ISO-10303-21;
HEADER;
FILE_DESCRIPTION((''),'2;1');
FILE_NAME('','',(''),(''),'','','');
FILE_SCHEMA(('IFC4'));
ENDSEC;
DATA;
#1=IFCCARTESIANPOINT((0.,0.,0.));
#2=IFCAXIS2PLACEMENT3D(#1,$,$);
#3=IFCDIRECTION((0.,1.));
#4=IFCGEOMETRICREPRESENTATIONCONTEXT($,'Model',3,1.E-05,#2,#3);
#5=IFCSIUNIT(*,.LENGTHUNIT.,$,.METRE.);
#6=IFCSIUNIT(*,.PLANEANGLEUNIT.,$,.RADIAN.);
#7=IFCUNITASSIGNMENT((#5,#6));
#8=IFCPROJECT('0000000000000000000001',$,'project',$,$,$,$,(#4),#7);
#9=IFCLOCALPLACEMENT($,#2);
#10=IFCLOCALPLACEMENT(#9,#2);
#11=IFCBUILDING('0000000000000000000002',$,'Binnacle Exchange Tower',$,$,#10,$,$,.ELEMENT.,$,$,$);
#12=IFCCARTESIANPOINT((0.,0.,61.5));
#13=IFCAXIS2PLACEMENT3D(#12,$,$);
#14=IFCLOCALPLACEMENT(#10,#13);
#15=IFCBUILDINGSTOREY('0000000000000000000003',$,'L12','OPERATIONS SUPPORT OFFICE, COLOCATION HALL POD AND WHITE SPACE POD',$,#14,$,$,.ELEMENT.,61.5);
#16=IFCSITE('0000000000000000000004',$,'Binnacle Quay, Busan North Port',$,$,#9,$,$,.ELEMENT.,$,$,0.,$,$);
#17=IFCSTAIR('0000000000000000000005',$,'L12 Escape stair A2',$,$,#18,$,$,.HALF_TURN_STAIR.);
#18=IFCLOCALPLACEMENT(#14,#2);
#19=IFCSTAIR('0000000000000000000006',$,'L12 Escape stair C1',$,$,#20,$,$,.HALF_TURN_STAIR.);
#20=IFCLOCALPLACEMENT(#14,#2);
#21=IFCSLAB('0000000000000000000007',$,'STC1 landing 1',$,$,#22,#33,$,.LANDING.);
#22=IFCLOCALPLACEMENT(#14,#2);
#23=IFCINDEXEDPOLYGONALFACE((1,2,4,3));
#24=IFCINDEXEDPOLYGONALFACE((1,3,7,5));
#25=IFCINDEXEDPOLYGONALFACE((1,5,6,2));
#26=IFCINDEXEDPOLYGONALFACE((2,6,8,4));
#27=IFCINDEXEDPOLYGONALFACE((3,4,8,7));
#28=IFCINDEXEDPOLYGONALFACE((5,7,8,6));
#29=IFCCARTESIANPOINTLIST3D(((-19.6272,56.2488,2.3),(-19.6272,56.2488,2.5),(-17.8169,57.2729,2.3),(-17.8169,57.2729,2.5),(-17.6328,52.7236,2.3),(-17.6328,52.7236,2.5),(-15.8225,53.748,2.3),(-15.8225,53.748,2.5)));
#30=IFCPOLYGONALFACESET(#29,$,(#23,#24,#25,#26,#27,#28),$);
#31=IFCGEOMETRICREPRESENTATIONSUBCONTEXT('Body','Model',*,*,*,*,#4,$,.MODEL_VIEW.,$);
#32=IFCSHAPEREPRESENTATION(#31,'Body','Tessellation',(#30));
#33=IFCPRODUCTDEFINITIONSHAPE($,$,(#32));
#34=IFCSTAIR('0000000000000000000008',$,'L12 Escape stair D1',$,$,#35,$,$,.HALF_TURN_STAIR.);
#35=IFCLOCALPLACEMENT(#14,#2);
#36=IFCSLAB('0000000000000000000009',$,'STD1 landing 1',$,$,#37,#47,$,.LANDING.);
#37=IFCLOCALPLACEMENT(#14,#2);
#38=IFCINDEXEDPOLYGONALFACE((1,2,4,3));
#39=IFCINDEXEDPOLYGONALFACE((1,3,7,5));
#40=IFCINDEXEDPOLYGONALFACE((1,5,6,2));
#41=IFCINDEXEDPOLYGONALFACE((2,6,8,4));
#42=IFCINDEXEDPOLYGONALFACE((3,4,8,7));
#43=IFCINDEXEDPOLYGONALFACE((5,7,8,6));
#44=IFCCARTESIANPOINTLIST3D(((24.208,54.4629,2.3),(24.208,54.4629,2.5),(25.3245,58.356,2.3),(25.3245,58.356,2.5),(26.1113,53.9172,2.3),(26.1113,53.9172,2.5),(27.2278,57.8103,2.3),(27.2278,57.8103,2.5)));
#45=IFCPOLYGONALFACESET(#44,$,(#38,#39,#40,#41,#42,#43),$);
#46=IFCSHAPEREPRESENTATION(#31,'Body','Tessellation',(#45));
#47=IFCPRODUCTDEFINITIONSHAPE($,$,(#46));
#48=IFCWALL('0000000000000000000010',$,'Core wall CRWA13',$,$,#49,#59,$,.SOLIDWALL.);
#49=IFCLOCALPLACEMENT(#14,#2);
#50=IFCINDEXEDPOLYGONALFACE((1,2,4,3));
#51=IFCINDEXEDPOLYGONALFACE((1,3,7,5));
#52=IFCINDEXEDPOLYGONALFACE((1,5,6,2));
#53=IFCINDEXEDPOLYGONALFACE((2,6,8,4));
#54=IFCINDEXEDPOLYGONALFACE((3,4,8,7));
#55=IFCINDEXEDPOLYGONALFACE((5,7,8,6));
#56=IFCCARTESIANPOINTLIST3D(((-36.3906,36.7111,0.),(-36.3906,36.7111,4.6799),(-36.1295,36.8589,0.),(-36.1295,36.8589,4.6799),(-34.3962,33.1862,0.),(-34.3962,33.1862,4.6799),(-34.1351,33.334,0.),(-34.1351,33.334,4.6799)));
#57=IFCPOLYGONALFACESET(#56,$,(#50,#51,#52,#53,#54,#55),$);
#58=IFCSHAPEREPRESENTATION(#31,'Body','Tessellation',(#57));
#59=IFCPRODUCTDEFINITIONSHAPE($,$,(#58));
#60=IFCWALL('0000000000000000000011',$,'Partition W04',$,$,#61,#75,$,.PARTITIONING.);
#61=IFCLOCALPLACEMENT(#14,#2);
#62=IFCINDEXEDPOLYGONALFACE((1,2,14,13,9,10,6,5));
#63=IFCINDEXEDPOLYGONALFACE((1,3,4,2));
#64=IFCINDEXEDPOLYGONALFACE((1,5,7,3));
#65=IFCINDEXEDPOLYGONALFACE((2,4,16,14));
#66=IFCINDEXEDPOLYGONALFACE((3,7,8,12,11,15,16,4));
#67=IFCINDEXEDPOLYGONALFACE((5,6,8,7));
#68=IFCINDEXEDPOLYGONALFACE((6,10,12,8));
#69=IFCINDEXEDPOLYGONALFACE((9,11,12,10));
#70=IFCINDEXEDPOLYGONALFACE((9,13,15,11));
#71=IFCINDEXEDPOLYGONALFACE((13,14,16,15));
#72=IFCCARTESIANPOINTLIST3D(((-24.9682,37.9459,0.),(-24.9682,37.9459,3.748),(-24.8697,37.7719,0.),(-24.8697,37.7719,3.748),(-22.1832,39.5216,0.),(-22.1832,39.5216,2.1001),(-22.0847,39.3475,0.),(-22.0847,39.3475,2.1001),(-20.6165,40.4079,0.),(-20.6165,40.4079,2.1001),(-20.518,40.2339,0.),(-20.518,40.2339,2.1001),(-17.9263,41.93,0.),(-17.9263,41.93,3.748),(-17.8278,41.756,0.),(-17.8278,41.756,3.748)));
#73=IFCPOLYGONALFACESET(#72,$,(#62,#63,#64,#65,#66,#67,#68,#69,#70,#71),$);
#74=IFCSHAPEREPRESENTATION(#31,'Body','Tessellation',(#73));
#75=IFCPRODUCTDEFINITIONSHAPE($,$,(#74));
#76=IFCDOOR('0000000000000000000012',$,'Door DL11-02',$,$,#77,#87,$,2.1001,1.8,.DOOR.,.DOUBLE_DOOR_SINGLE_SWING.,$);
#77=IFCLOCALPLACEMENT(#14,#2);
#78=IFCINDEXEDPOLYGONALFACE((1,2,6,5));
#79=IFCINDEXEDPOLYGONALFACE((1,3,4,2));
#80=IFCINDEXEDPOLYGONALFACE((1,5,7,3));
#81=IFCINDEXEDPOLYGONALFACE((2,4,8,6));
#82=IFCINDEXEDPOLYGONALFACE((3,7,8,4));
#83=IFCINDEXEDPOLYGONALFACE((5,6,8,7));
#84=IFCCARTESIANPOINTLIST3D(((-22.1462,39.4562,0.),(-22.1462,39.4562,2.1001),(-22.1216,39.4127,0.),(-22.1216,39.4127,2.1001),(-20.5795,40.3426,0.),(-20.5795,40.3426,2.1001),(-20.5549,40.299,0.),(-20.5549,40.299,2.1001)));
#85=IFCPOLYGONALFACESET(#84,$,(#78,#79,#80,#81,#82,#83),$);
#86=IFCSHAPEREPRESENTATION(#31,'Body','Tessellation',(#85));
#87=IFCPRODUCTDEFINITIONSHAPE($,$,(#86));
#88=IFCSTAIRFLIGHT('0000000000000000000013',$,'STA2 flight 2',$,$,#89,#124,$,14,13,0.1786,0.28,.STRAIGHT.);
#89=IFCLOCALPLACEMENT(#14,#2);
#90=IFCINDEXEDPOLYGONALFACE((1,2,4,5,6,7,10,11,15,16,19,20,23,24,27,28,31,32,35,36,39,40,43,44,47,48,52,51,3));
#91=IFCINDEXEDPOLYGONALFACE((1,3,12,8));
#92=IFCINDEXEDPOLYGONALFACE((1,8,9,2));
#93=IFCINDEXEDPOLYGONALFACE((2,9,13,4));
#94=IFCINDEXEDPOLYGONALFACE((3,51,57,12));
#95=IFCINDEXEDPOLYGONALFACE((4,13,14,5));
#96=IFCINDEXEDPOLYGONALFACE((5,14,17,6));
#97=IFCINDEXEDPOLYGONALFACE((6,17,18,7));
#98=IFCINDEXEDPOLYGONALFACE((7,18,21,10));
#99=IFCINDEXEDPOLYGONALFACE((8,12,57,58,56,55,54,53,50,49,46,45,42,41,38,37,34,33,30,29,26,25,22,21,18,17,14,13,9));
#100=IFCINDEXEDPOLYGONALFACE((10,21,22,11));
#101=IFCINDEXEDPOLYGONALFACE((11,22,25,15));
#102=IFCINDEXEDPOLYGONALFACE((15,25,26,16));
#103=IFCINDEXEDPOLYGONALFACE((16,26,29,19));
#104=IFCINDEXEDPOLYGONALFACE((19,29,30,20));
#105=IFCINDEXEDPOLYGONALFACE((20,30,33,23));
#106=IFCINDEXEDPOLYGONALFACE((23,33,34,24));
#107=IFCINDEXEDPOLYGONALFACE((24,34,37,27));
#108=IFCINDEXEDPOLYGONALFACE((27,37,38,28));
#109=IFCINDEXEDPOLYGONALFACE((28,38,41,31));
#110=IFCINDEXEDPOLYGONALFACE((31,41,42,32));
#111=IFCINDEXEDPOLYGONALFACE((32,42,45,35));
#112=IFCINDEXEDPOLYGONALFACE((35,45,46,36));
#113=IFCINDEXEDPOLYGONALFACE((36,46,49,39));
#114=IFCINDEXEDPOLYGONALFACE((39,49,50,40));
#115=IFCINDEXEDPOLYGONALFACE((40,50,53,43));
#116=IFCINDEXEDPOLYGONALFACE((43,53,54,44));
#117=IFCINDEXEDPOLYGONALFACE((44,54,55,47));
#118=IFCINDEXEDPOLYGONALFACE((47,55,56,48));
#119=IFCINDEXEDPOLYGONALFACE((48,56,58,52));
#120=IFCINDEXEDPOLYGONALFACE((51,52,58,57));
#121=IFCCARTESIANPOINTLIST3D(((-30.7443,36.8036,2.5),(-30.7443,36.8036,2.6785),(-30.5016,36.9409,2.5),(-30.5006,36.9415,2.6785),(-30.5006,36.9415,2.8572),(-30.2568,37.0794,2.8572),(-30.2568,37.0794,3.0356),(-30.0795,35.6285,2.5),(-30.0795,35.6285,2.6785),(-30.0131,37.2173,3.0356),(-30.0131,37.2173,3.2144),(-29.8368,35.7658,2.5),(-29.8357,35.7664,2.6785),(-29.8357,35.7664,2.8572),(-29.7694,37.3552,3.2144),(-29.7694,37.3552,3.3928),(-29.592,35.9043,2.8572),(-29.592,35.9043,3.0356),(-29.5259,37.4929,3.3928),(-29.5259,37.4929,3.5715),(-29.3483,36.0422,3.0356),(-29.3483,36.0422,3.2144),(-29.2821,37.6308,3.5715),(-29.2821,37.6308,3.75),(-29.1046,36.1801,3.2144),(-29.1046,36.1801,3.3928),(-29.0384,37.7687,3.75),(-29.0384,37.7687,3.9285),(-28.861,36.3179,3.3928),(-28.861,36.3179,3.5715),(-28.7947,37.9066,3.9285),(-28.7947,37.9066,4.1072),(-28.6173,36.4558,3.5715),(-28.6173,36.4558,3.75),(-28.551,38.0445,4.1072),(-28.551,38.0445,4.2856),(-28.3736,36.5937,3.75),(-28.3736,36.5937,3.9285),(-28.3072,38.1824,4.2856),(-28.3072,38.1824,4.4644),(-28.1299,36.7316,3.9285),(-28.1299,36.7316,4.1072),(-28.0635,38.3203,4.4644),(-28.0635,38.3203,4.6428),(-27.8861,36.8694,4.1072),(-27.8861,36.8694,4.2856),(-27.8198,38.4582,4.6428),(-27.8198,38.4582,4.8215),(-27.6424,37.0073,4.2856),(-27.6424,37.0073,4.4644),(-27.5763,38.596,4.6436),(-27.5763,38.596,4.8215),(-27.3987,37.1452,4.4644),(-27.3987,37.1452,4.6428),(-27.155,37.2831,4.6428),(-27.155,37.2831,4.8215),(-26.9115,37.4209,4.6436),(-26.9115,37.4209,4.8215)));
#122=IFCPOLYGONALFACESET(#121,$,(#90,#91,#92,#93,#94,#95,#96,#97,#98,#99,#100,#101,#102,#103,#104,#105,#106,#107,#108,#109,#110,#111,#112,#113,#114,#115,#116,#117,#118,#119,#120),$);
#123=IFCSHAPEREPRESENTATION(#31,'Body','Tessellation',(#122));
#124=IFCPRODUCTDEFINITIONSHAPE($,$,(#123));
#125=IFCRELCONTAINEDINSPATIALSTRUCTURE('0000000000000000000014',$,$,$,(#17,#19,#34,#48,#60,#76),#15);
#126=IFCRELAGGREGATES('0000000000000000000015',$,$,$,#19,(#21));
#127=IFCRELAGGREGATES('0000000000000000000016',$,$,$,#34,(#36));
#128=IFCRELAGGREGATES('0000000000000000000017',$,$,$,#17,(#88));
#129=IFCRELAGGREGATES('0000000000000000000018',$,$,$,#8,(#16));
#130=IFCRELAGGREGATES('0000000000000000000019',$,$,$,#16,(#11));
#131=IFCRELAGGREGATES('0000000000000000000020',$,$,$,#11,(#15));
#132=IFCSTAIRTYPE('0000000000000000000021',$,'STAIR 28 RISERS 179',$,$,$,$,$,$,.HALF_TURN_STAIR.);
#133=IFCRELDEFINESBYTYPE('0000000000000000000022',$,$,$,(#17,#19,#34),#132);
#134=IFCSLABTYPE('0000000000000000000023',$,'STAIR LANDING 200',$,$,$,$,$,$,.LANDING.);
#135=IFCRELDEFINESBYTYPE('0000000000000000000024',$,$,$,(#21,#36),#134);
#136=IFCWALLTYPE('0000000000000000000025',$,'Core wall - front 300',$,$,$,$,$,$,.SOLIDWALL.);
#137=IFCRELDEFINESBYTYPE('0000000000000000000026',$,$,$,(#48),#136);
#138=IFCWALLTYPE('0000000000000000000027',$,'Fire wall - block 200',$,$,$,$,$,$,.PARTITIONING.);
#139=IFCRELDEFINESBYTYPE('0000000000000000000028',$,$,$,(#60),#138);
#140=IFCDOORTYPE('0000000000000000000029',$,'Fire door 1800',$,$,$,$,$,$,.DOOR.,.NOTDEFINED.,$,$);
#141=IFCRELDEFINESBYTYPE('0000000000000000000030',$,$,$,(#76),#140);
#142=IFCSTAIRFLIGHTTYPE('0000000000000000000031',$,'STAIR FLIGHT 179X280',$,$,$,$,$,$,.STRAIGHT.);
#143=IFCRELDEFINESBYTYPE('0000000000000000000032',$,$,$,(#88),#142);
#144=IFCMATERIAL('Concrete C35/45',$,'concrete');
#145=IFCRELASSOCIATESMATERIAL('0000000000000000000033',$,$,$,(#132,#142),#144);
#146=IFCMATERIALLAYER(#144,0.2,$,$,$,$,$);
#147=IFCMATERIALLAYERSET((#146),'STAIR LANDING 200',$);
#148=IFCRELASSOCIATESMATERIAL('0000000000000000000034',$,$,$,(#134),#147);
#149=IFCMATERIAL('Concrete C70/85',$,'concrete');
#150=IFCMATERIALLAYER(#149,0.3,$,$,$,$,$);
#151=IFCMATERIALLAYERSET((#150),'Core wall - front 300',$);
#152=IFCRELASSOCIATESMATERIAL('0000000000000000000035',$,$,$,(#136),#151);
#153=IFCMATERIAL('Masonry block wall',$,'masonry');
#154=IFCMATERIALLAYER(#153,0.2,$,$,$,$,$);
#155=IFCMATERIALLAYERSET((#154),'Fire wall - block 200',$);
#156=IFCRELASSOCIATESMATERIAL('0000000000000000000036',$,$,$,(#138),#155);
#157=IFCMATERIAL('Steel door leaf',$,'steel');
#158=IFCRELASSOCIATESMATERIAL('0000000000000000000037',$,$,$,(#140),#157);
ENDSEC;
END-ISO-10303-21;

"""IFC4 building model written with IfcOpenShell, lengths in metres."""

from ifc_helpers import new_model, si_unit, direction, frame, frame_2d, origin, place, context, subcontext, project, spatial, polyline, rectangle, outline, extrude, material, layer, layer_set, type_object, element, fill, aggregate, save


model = new_model("IFC4")

# Units and contexts
model_context = context("Model", 3, precision=1e-05, world=origin(), true_north=direction((0.0, 1.0)))
body_context = subcontext(model_context, "Body", "Model", "MODEL_VIEW")
ifc_project = project(units=[si_unit("LENGTHUNIT", "METRE"), si_unit("PLANEANGLEUNIT", "RADIAN")], contexts=[model_context])

# Site, building, storey
site_placement = place(None, origin())
site = spatial("IfcSite", under=ifc_project, at=site_placement, Name="Binnacle Quay, Busan North Port", CompositionType="ELEMENT", RefElevation=0.0)
building_placement = place(site_placement, origin())
building = spatial("IfcBuilding", under=site, at=building_placement, Name="Binnacle Exchange Tower", CompositionType="ELEMENT")
storey_placement = place(building_placement, frame((0.0, 0.0, 61.5)))
storey = spatial("IfcBuildingStorey", under=building, at=storey_placement, Name="L12", Description="OPERATIONS SUPPORT OFFICE, COLOCATION HALL POD AND WHITE SPACE POD", CompositionType="ELEMENT", Elevation=61.5)

# Shared definitions
ifc_material_1 = material(Name="Concrete C70/85", Category="concrete")

# Shared definitions
ifc_material_2 = material(Name="Concrete C35/45", Category="concrete")

# Stairs, slabs
stair_type = type_object("IfcStairType", Name="STAIR 28 RISERS 179", PredefinedType="HALF_TURN_STAIR", material=ifc_material_2)
ifc_layer_1 = layer(ifc_material_2, 0.2)
ifc_layer_set_1 = layer_set([ifc_layer_1], Name="STAIR LANDING 200")
slab_type_1 = type_object("IfcSlabType", Name="STAIR LANDING 200", PredefinedType="LANDING", material=ifc_layer_set_1)
stair_1_placement = place(storey_placement, origin())
stair_1 = element("IfcStair", 1, at=stair_1_placement, inside=storey, type_object=stair_type, Name="L12 Escape stair A2", PredefinedType="HALF_TURN_STAIR")
stair_2_placement = place(storey_placement, origin())
stair_2 = element("IfcStair", 2, at=stair_2_placement, inside=storey, type_object=stair_type, Name="L12 Escape stair C1", PredefinedType="HALF_TURN_STAIR")
slab_1_placement = place(storey_placement, frame((0.0, 0.0, 2.3)))
slab_1 = element("IfcSlab", 3, at=slab_1_placement, type_object=slab_type_1, Name="STC1 landing 1", PredefinedType="LANDING", context=body_context, shape_type="SweptSolid", body=[
    extrude(outline(polyline([(-17.6328, 52.7236), (-15.8225, 53.748), (-17.8169, 57.2729), (-19.6272, 56.2488), (-17.6328, 52.7236)])), origin(), (0.0, 0.0, 1.0), 0.2),
])
aggregate(stair_2, [slab_1])
stair_3_placement = place(storey_placement, origin())
stair_3 = element("IfcStair", 4, at=stair_3_placement, inside=storey, type_object=stair_type, Name="L12 Escape stair D1", PredefinedType="HALF_TURN_STAIR")
slab_2_placement = place(storey_placement, frame((0.0, 0.0, 2.3)))
slab_2 = element("IfcSlab", 5, at=slab_2_placement, type_object=slab_type_1, Name="STD1 landing 1", PredefinedType="LANDING", context=body_context, shape_type="SweptSolid", body=[
    extrude(outline(polyline([(24.208, 54.4629), (26.1113, 53.9172), (27.2278, 57.8103), (25.3245, 58.356), (24.208, 54.4629)])), origin(), (0.0, 0.0, 1.0), 0.2),
])
aggregate(stair_3, [slab_2])

# Wall
ifc_layer_2 = layer(ifc_material_1, 0.3)
ifc_layer_set_2 = layer_set([ifc_layer_2], Name="Core wall - front 300")
wall_type_1 = type_object("IfcWallType", Name="Core wall - front 300", PredefinedType="SOLIDWALL", material=ifc_layer_set_2)
wall_1_placement = place(storey_placement, frame((-36.26, 36.7849, 0.0), z_axis=(0.0, 0.0, 1.0), x_axis=(0.492441, -0.870346, 0.0)))
element("IfcWall", 6, at=wall_1_placement, inside=storey, type_object=wall_type_1, Name="Core wall CRWA13", PredefinedType="SOLIDWALL", context=body_context, shape_type="SweptSolid", body=[
    extrude(rectangle(XDim=4.05, YDim=0.3, at=frame_2d((2.0249, 0.0))), origin(), (0.0, 0.0, 1.0), 4.6799),
])

# Wall, opening, door
ifc_material_3 = material(Name="Masonry block wall", Category="masonry")
ifc_layer_3 = layer(ifc_material_3, 0.2)
ifc_layer_set_3 = layer_set([ifc_layer_3], Name="Fire wall - block 200")
wall_type_2 = type_object("IfcWallType", Name="Fire wall - block 200", PredefinedType="PARTITIONING", material=ifc_layer_set_3)
wall_2_placement = place(storey_placement, frame((-24.9189, 37.8589, 0.0), z_axis=(0.0, 0.0, 1.0), x_axis=(0.870358, 0.49242, 0.0)))
wall_2 = element("IfcWall", 7, at=wall_2_placement, inside=storey, type_object=wall_type_2, Name="Partition W04", PredefinedType="PARTITIONING", context=body_context, shape_type="SweptSolid", body=[
    extrude(rectangle(XDim=8.0908, YDim=0.2, at=frame_2d((4.0454, 0.0))), origin(), (0.0, 0.0, 1.0), 3.748),
])
opening_placement = place(wall_2_placement, frame((3.2, 0.0, 0.0)))
opening = element("IfcOpeningElement", 8, at=opening_placement, cuts=wall_2, PredefinedType="OPENING", context=body_context, shape_type="SweptSolid", body=[
    extrude(rectangle(XDim=1.8, YDim=2.1001, at=frame_2d((0.8999, 1.05))), frame((0.0, 0.1099, 0.0), z_axis=(0.0, -1.0, 0.0), x_axis=(1.0, 0.0, 0.0)), (0.0, 0.0, 1.0), 0.22),
])
ifc_material_4 = material(Name="Steel door leaf", Category="steel")
door_type = type_object("IfcDoorType", Name="Fire door 1800", OperationType="NOTDEFINED", PredefinedType="DOOR", material=ifc_material_4)
door_placement = place(opening_placement, origin())
door = element("IfcDoor", 9, at=door_placement, inside=storey, type_object=door_type, Name="Door DL11-02", OperationType="DOUBLE_DOOR_SINGLE_SWING", OverallHeight=2.1001, OverallWidth=1.8, PredefinedType="DOOR", context=body_context, shape_type="SweptSolid", body=[
    extrude(rectangle(XDim=1.8, YDim=2.1001, at=frame_2d((0.8999, 1.05))), frame((0.0, 0.0249, 0.0), z_axis=(0.0, -1.0, 0.0), x_axis=(1.0, 0.0, 0.0)), (0.0, 0.0, 1.0), 0.05),
])
fill(opening, door)

# Stair flight
stair_flight_type = type_object("IfcStairFlightType", Name="STAIR FLIGHT 179X280", PredefinedType="STRAIGHT", material=ifc_material_2)
stair_flight_placement = place(storey_placement, frame((-30.4119, 36.2161, 2.5), z_axis=(0.0, 0.0, 1.0), x_axis=(0.870356, 0.492424, 0.0)))
stair_flight = element("IfcStairFlight", 10, at=stair_flight_placement, type_object=stair_flight_type, Name="STA2 flight 2", NumberOfRisers=14, NumberOfTreads=13, PredefinedType="STRAIGHT", RiserHeight=0.1786, TreadLength=0.28, context=body_context, shape_type="SweptSolid", body=[
    extrude(outline(polyline([(0.0, 0.0), (0.0, 0.1785), (0.28, 0.1785), (0.28, 0.3572), (0.5601, 0.3572), (0.5601, 0.5356), (0.8401, 0.5356), (0.8401, 0.7144), (1.1201, 0.7144), (1.1201, 0.8928), (1.3999, 0.8928), (1.3999, 1.0715), (1.6799, 1.0715), (1.6799, 1.25), (1.96, 1.25), (1.96, 1.4285), (2.24, 1.4285), (2.24, 1.6072), (2.52, 1.6072), (2.52, 1.7856), (2.8, 1.7856), (2.8, 1.9644), (3.0801, 1.9644), (3.0801, 2.1428), (3.3601, 2.1428), (3.3601, 2.3215), (3.6399, 2.3215), (3.6399, 2.5), (3.6399, 2.1436), (0.2788, 0.0), (0.0, 0.0)])), frame((0.0, 0.675, 0.0), z_axis=(0.0, -1.0, 0.0), x_axis=(1.0, 0.0, 0.0)), (0.0, 0.0, 1.0), 1.3501),
])
aggregate(stair_1, [stair_flight])

save(model, "model.ifc")
